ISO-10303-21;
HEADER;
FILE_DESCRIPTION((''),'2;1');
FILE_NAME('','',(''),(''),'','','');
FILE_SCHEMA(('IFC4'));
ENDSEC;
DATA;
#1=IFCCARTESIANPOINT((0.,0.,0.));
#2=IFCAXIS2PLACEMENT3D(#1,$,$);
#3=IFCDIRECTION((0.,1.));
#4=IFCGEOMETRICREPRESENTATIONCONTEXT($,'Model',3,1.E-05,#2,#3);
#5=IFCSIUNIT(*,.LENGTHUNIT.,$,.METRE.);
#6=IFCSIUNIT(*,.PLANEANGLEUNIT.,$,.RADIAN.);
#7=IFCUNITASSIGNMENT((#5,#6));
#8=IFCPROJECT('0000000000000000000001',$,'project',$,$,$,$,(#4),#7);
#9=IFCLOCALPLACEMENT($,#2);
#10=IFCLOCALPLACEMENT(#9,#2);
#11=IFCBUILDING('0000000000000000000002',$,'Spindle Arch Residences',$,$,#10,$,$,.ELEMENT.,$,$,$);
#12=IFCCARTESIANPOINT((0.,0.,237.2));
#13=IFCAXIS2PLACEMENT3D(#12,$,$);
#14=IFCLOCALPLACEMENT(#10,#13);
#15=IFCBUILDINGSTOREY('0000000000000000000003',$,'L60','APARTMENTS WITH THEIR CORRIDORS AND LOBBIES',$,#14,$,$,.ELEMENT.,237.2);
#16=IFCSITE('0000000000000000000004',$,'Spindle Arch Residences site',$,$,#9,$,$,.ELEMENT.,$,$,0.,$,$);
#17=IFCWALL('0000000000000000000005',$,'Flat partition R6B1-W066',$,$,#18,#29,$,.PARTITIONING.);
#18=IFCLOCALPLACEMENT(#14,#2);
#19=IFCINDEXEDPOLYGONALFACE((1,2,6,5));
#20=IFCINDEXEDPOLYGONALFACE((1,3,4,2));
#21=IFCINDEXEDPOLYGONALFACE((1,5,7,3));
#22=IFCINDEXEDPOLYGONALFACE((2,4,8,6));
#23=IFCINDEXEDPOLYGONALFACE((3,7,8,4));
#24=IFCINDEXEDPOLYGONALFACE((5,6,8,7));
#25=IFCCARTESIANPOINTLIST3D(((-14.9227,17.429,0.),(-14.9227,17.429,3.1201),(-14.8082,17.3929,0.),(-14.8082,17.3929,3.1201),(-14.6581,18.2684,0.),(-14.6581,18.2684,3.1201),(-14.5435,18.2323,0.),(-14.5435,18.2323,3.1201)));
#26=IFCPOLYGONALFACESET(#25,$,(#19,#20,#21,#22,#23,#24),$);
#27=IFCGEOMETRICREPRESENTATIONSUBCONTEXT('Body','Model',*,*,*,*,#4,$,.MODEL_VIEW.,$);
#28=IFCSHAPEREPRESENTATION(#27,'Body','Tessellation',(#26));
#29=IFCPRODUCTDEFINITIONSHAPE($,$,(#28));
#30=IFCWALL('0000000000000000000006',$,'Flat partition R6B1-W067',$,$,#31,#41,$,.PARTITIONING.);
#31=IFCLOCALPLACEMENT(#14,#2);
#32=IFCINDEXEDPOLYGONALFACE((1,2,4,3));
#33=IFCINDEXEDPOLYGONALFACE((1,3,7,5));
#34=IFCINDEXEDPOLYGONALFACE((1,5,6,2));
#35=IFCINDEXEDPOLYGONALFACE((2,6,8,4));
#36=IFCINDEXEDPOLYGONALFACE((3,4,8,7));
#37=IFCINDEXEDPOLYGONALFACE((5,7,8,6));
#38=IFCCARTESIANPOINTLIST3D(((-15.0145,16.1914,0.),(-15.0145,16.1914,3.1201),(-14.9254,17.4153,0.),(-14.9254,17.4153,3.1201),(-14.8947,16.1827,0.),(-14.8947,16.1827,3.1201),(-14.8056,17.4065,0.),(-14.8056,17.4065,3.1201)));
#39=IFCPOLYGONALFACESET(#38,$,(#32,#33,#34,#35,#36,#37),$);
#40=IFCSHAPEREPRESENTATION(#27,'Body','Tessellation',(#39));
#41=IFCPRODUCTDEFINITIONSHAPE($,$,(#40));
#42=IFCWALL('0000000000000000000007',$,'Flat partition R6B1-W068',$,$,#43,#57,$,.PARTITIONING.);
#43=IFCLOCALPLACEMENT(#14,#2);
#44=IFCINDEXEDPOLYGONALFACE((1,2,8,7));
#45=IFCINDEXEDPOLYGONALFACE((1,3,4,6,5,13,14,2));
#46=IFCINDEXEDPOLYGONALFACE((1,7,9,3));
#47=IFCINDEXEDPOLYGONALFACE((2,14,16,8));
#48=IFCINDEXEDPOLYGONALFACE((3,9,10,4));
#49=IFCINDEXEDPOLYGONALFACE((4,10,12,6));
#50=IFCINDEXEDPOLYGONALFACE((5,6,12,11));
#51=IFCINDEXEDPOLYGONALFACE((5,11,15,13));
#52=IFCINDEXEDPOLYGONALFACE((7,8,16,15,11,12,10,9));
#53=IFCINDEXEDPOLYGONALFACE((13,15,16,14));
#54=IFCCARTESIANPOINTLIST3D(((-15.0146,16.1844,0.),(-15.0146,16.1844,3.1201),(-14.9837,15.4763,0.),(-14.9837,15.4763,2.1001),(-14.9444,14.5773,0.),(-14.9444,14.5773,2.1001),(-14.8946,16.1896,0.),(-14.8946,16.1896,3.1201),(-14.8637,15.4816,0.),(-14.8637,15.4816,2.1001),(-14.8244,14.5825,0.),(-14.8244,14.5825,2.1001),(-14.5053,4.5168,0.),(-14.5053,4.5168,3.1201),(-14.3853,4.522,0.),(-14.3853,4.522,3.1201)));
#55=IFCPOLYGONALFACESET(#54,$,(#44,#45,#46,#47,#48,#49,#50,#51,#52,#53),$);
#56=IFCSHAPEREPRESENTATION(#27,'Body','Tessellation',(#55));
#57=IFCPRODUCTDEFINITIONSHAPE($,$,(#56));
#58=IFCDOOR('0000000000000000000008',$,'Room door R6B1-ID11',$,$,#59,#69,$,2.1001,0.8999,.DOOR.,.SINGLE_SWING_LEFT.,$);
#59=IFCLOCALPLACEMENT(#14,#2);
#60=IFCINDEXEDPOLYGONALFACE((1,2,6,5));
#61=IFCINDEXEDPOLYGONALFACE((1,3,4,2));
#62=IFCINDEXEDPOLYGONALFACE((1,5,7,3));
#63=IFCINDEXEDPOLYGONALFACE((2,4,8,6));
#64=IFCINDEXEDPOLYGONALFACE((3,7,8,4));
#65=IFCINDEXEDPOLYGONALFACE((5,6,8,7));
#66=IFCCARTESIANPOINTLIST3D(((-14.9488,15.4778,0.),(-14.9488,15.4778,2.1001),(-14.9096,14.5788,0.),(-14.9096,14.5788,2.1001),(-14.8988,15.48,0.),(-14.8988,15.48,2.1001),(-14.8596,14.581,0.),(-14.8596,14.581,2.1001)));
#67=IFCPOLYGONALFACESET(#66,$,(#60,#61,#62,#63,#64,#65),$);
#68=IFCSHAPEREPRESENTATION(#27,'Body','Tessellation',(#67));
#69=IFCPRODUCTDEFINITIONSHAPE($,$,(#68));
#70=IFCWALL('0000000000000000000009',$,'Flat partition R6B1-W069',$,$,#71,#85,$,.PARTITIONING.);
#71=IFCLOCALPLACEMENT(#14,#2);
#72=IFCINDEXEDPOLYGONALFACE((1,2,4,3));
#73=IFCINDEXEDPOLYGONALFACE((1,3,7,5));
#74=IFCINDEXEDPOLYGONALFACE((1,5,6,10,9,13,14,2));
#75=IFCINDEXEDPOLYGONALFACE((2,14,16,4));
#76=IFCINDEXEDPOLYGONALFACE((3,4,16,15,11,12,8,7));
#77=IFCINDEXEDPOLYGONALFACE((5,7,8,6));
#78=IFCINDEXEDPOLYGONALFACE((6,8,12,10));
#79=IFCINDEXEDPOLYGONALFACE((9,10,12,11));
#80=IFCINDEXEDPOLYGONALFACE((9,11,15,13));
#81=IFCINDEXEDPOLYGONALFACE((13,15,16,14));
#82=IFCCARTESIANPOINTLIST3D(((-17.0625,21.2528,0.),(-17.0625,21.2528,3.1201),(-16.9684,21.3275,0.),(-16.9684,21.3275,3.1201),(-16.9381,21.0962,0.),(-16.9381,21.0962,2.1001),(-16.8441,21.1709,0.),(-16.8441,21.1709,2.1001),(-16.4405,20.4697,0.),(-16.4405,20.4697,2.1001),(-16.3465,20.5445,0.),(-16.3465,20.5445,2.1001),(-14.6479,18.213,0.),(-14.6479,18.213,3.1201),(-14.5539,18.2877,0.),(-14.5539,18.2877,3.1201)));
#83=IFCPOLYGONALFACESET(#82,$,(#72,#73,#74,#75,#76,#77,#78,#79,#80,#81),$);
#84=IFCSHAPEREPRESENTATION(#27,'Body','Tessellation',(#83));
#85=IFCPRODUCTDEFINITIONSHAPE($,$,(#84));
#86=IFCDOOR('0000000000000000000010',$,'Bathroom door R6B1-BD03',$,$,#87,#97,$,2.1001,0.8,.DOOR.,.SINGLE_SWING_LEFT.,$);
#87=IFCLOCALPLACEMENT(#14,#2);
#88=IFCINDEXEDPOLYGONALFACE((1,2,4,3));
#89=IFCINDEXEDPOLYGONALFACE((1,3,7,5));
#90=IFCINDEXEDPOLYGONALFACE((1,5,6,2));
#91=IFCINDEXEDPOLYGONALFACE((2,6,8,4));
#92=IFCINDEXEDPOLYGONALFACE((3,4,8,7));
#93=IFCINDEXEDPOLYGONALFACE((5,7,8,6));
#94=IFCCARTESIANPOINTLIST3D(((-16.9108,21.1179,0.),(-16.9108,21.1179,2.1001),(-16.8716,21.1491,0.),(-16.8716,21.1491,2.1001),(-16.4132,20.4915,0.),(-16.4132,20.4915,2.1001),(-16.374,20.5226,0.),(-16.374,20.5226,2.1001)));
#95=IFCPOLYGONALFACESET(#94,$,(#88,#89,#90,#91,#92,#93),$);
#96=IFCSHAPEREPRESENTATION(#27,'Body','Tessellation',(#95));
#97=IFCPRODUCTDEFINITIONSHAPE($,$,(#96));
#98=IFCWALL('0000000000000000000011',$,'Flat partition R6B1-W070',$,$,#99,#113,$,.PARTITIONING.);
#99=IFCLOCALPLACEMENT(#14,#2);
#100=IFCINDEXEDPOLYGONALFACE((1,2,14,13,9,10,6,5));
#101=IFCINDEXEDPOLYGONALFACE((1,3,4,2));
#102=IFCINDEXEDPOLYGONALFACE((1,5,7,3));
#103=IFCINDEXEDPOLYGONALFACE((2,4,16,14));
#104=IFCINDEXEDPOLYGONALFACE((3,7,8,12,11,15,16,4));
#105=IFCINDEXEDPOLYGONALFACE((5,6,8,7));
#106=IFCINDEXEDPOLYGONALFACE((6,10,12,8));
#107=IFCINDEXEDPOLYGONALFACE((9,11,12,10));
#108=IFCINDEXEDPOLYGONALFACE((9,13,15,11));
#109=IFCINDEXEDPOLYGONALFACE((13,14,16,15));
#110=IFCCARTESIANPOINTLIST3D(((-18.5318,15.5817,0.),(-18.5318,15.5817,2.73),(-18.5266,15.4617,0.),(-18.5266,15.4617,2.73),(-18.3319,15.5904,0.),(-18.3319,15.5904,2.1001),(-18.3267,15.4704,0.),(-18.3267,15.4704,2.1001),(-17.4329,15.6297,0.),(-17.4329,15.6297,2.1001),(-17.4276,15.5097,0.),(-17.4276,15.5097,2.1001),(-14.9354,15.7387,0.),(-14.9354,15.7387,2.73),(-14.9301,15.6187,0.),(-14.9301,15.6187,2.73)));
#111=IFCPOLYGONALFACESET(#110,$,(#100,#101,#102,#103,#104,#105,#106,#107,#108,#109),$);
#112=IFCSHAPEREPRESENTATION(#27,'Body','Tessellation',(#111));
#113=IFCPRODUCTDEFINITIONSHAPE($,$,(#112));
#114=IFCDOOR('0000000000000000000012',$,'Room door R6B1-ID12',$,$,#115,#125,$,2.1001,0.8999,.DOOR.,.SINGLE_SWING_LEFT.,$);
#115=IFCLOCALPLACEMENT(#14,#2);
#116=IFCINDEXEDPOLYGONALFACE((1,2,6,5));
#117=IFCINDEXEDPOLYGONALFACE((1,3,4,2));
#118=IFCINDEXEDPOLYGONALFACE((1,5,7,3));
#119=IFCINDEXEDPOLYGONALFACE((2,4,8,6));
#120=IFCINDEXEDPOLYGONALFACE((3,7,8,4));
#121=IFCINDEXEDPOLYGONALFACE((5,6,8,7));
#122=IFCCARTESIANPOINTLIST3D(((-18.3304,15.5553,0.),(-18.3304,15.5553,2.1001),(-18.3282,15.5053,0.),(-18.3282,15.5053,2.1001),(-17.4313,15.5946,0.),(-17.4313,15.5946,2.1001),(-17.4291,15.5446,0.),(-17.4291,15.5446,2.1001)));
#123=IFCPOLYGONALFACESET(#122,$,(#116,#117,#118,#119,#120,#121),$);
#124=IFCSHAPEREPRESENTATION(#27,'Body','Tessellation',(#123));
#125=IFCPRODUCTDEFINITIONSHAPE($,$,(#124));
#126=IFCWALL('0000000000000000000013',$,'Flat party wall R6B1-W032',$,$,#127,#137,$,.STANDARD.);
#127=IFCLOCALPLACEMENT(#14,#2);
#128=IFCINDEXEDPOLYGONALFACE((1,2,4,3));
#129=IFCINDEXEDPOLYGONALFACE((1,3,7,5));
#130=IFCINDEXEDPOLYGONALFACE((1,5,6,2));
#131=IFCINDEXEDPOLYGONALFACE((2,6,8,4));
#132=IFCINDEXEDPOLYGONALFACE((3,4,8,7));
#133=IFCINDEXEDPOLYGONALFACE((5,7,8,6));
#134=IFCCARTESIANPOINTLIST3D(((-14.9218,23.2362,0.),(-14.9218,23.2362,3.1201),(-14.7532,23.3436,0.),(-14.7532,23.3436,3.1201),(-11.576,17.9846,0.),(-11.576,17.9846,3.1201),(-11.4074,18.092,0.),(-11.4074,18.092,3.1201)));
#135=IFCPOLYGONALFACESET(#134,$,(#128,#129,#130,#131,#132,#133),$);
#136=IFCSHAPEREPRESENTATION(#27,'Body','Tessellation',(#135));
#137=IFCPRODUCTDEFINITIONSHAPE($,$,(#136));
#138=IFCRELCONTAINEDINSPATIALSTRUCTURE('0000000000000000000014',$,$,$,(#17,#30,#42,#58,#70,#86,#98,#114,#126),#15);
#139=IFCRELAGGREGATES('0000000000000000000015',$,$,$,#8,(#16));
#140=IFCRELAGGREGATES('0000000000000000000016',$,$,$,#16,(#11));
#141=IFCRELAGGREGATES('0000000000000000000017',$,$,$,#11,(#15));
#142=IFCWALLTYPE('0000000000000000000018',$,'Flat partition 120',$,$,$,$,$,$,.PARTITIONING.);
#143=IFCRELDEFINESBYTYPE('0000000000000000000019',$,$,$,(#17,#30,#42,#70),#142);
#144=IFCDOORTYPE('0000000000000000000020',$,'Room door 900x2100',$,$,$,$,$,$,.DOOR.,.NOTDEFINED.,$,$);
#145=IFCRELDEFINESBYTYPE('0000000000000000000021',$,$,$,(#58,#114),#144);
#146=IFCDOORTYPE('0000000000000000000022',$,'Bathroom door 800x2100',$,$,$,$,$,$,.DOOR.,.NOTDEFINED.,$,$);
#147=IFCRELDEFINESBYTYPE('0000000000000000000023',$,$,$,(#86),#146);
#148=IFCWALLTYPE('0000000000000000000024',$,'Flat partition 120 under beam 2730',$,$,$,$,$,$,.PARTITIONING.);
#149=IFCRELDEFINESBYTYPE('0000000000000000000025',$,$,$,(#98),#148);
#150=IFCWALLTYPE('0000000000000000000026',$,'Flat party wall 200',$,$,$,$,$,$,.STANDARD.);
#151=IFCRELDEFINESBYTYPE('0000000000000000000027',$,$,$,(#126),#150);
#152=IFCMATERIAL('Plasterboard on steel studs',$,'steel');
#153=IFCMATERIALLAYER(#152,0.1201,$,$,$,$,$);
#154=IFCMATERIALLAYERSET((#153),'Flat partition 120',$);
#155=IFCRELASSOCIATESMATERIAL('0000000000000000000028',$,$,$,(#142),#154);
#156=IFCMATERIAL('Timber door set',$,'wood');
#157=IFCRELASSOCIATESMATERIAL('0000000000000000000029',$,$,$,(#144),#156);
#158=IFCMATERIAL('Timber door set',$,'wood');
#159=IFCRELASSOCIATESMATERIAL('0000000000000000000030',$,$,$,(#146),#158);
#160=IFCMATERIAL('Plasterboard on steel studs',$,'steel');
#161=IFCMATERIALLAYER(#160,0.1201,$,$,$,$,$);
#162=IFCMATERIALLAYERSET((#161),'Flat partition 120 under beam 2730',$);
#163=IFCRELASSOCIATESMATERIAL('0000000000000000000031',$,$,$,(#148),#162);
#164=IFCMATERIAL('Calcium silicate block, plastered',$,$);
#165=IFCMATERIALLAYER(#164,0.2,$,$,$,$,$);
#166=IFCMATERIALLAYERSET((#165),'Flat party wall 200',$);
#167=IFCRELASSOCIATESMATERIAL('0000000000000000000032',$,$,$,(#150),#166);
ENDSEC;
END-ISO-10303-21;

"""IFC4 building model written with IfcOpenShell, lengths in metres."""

from ifc_helpers import new_model, si_unit, direction, frame, frame_2d, origin, place, context, subcontext, project, spatial, rectangle, extrude, material, layer, layer_set, type_object, element, fill, save


model = new_model("IFC4")

# Units and contexts
model_context = context("Model", 3, precision=1e-05, world=origin(), true_north=direction((0.0, 1.0)))
body_context = subcontext(model_context, "Body", "Model", "MODEL_VIEW")
ifc_project = project(units=[si_unit("LENGTHUNIT", "METRE"), si_unit("PLANEANGLEUNIT", "RADIAN")], contexts=[model_context])

# Site, building, storey
site_placement = place(None, origin())
site = spatial("IfcSite", under=ifc_project, at=site_placement, Name="Spindle Arch Residences site", CompositionType="ELEMENT", RefElevation=0.0)
building_placement = place(site_placement, origin())
building = spatial("IfcBuilding", under=site, at=building_placement, Name="Spindle Arch Residences", CompositionType="ELEMENT")
storey_placement = place(building_placement, frame((0.0, 0.0, 237.2)))
storey = spatial("IfcBuildingStorey", under=building, at=storey_placement, Name="L60", Description="APARTMENTS WITH THEIR CORRIDORS AND LOBBIES", CompositionType="ELEMENT", Elevation=237.2)

# Walls
ifc_material_1 = material(Name="Plasterboard on steel studs", Category="steel")
ifc_layer_1 = layer(ifc_material_1, 0.1201)
ifc_layer_set_1 = layer_set([ifc_layer_1], Name="Flat partition 120")
wall_type_1 = type_object("IfcWallType", Name="Flat partition 120", PredefinedType="PARTITIONING", material=ifc_layer_set_1)
wall_1_placement = place(storey_placement, frame((-14.6008, 18.2502, 0.0), z_axis=(0.0, 0.0, 1.0), x_axis=(-0.300706, -0.953717, 0.0)))
element("IfcWall", 1, at=wall_1_placement, inside=storey, type_object=wall_type_1, Name="Flat partition R6B1-W066", PredefinedType="PARTITIONING", context=body_context, shape_type="SweptSolid", body=[
    extrude(rectangle(XDim=0.8801, YDim=0.1201, at=frame_2d((0.4399, 0.0))), origin(), (0.0, 0.0, 1.0), 3.1201),
])
wall_2_placement = place(storey_placement, frame((-14.8655, 17.4109, 0.0), z_axis=(0.0, 0.0, 1.0), x_axis=(-0.072618, -0.99736, 0.0)))
element("IfcWall", 2, at=wall_2_placement, inside=storey, type_object=wall_type_1, Name="Flat partition R6B1-W067", PredefinedType="PARTITIONING", context=body_context, shape_type="SweptSolid", body=[
    extrude(rectangle(XDim=1.2271, YDim=0.1201, at=frame_2d((0.6135, 0.0))), origin(), (0.0, 0.0, 1.0), 3.1201),
])

# Walls, openings, doors
wall_3_placement = place(storey_placement, frame((-14.9546, 16.187, 0.0), z_axis=(0.0, 0.0, 1.0), x_axis=(0.043608, -0.999049, 0.0)))
wall_3 = element("IfcWall", 3, at=wall_3_placement, inside=storey, type_object=wall_type_1, Name="Flat partition R6B1-W068", PredefinedType="PARTITIONING", context=body_context, shape_type="SweptSolid", body=[
    extrude(rectangle(XDim=11.6787, YDim=0.1201, at=frame_2d((5.8394, 0.0))), origin(), (0.0, 0.0, 1.0), 3.1201),
])
opening_1_placement = place(wall_3_placement, frame((0.7087, 0.0, 0.0)))
opening_1 = element("IfcOpeningElement", 4, at=opening_1_placement, cuts=wall_3, PredefinedType="OPENING", context=body_context, shape_type="SweptSolid", body=[
    extrude(rectangle(XDim=0.8999, YDim=2.1001, at=frame_2d((0.45, 1.05))), frame((0.0, 0.0701, 0.0), z_axis=(0.0, -1.0, 0.0), x_axis=(1.0, 0.0, 0.0)), (0.0, 0.0, 1.0), 0.1401),
])
ifc_material_2 = material(Name="Timber door set", Category="wood")
door_type_1 = type_object("IfcDoorType", Name="Room door 900x2100", OperationType="NOTDEFINED", PredefinedType="DOOR", material=ifc_material_2)
door_1_placement = place(opening_1_placement, origin())
door_1 = element("IfcDoor", 5, at=door_1_placement, inside=storey, type_object=door_type_1, Name="Room door R6B1-ID11", OperationType="SINGLE_SWING_LEFT", OverallHeight=2.1001, OverallWidth=0.8999, PredefinedType="DOOR", context=body_context, shape_type="SweptSolid", body=[
    extrude(rectangle(XDim=0.8999, YDim=2.1001, at=frame_2d((0.45, 1.05))), frame((0.0, 0.0249, 0.0), z_axis=(0.0, -1.0, 0.0), x_axis=(1.0, 0.0, 0.0)), (0.0, 0.0, 1.0), 0.05),
])
fill(opening_1, door_1)
wall_4_placement = place(storey_placement, frame((-17.0154, 21.29, 0.0), z_axis=(0.0, 0.0, 1.0), x_axis=(0.621976, -0.783036, 0.0)))
wall_4 = element("IfcWall", 6, at=wall_4_placement, inside=storey, type_object=wall_type_1, Name="Flat partition R6B1-W069", PredefinedType="PARTITIONING", context=body_context, shape_type="SweptSolid", body=[
    extrude(rectangle(XDim=3.8821, YDim=0.1201, at=frame_2d((1.9409, 0.0))), origin(), (0.0, 0.0, 1.0), 3.1201),
])
opening_2_placement = place(wall_4_placement, frame((0.2, 0.0, 0.0)))
opening_2 = element("IfcOpeningElement", 7, at=opening_2_placement, cuts=wall_4, PredefinedType="OPENING", context=body_context, shape_type="SweptSolid", body=[
    extrude(rectangle(XDim=0.8, YDim=2.1001, at=frame_2d((0.3999, 1.05))), frame((0.0, 0.0701, 0.0), z_axis=(0.0, -1.0, 0.0), x_axis=(1.0, 0.0, 0.0)), (0.0, 0.0, 1.0), 0.1401),
])
ifc_material_3 = material(Name="Timber door set", Category="wood")
door_type_2 = type_object("IfcDoorType", Name="Bathroom door 800x2100", OperationType="NOTDEFINED", PredefinedType="DOOR", material=ifc_material_3)
door_2_placement = place(opening_2_placement, origin())
door_2 = element("IfcDoor", 8, at=door_2_placement, inside=storey, type_object=door_type_2, Name="Bathroom door R6B1-BD03", OperationType="SINGLE_SWING_LEFT", OverallHeight=2.1001, OverallWidth=0.8, PredefinedType="DOOR", context=body_context, shape_type="SweptSolid", body=[
    extrude(rectangle(XDim=0.8, YDim=2.1001, at=frame_2d((0.3999, 1.05))), frame((0.0, 0.0249, 0.0), z_axis=(0.0, -1.0, 0.0), x_axis=(1.0, 0.0, 0.0)), (0.0, 0.0, 1.0), 0.05),
])
fill(opening_2, door_2)
ifc_material_4 = material(Name="Plasterboard on steel studs", Category="steel")
ifc_layer_2 = layer(ifc_material_4, 0.1201)
ifc_layer_set_2 = layer_set([ifc_layer_2], Name="Flat partition 120 under beam 2730")
wall_type_2 = type_object("IfcWallType", Name="Flat partition 120 under beam 2730", PredefinedType="PARTITIONING", material=ifc_layer_set_2)
wall_5_placement = place(storey_placement, frame((-18.5291, 15.5217, 0.0), z_axis=(0.0, 0.0, 1.0), x_axis=(0.999049, 0.043608, 0.0)))
wall_5 = element("IfcWall", 9, at=wall_5_placement, inside=storey, type_object=wall_type_2, Name="Flat partition R6B1-W070", PredefinedType="PARTITIONING", context=body_context, shape_type="SweptSolid", body=[
    extrude(rectangle(XDim=3.5999, YDim=0.1201, at=frame_2d((1.7998, 0.0))), origin(), (0.0, 0.0, 1.0), 2.73),
])
opening_3_placement = place(wall_5_placement, frame((0.2, 0.0, 0.0)))
opening_3 = element("IfcOpeningElement", 10, at=opening_3_placement, cuts=wall_5, PredefinedType="OPENING", context=body_context, shape_type="SweptSolid", body=[
    extrude(rectangle(XDim=0.8999, YDim=2.1001, at=frame_2d((0.45, 1.05))), frame((0.0, 0.0701, 0.0), z_axis=(0.0, -1.0, 0.0), x_axis=(1.0, 0.0, 0.0)), (0.0, 0.0, 1.0), 0.1401),
])
door_3_placement = place(opening_3_placement, origin())
door_3 = element("IfcDoor", 11, at=door_3_placement, inside=storey, type_object=door_type_1, Name="Room door R6B1-ID12", OperationType="SINGLE_SWING_LEFT", OverallHeight=2.1001, OverallWidth=0.8999, PredefinedType="DOOR", context=body_context, shape_type="SweptSolid", body=[
    extrude(rectangle(XDim=0.8999, YDim=2.1001, at=frame_2d((0.45, 1.05))), frame((0.0, 0.0249, 0.0), z_axis=(0.0, -1.0, 0.0), x_axis=(1.0, 0.0, 0.0)), (0.0, 0.0, 1.0), 0.05),
])
fill(opening_3, door_3)

# Wall
ifc_material_5 = material(Name="Calcium silicate block, plastered")
ifc_layer_3 = layer(ifc_material_5, 0.2)
ifc_layer_set_3 = layer_set([ifc_layer_3], Name="Flat party wall 200")
wall_type_3 = type_object("IfcWallType", Name="Flat party wall 200", PredefinedType="STANDARD", material=ifc_layer_set_3)
wall_6_placement = place(storey_placement, frame((-14.8374, 23.2898, 0.0), z_axis=(0.0, 0.0, 1.0), x_axis=(0.537317, -0.84338, 0.0)))
element("IfcWall", 12, at=wall_6_placement, inside=storey, type_object=wall_type_3, Name="Flat party wall R6B1-W032", PredefinedType="STANDARD", context=body_context, shape_type="SweptSolid", body=[
    extrude(rectangle(XDim=6.2268, YDim=0.2, at=frame_2d((3.1133, 0.0))), origin(), (0.0, 0.0, 1.0), 3.1201),
])

save(model, "model.ifc")
